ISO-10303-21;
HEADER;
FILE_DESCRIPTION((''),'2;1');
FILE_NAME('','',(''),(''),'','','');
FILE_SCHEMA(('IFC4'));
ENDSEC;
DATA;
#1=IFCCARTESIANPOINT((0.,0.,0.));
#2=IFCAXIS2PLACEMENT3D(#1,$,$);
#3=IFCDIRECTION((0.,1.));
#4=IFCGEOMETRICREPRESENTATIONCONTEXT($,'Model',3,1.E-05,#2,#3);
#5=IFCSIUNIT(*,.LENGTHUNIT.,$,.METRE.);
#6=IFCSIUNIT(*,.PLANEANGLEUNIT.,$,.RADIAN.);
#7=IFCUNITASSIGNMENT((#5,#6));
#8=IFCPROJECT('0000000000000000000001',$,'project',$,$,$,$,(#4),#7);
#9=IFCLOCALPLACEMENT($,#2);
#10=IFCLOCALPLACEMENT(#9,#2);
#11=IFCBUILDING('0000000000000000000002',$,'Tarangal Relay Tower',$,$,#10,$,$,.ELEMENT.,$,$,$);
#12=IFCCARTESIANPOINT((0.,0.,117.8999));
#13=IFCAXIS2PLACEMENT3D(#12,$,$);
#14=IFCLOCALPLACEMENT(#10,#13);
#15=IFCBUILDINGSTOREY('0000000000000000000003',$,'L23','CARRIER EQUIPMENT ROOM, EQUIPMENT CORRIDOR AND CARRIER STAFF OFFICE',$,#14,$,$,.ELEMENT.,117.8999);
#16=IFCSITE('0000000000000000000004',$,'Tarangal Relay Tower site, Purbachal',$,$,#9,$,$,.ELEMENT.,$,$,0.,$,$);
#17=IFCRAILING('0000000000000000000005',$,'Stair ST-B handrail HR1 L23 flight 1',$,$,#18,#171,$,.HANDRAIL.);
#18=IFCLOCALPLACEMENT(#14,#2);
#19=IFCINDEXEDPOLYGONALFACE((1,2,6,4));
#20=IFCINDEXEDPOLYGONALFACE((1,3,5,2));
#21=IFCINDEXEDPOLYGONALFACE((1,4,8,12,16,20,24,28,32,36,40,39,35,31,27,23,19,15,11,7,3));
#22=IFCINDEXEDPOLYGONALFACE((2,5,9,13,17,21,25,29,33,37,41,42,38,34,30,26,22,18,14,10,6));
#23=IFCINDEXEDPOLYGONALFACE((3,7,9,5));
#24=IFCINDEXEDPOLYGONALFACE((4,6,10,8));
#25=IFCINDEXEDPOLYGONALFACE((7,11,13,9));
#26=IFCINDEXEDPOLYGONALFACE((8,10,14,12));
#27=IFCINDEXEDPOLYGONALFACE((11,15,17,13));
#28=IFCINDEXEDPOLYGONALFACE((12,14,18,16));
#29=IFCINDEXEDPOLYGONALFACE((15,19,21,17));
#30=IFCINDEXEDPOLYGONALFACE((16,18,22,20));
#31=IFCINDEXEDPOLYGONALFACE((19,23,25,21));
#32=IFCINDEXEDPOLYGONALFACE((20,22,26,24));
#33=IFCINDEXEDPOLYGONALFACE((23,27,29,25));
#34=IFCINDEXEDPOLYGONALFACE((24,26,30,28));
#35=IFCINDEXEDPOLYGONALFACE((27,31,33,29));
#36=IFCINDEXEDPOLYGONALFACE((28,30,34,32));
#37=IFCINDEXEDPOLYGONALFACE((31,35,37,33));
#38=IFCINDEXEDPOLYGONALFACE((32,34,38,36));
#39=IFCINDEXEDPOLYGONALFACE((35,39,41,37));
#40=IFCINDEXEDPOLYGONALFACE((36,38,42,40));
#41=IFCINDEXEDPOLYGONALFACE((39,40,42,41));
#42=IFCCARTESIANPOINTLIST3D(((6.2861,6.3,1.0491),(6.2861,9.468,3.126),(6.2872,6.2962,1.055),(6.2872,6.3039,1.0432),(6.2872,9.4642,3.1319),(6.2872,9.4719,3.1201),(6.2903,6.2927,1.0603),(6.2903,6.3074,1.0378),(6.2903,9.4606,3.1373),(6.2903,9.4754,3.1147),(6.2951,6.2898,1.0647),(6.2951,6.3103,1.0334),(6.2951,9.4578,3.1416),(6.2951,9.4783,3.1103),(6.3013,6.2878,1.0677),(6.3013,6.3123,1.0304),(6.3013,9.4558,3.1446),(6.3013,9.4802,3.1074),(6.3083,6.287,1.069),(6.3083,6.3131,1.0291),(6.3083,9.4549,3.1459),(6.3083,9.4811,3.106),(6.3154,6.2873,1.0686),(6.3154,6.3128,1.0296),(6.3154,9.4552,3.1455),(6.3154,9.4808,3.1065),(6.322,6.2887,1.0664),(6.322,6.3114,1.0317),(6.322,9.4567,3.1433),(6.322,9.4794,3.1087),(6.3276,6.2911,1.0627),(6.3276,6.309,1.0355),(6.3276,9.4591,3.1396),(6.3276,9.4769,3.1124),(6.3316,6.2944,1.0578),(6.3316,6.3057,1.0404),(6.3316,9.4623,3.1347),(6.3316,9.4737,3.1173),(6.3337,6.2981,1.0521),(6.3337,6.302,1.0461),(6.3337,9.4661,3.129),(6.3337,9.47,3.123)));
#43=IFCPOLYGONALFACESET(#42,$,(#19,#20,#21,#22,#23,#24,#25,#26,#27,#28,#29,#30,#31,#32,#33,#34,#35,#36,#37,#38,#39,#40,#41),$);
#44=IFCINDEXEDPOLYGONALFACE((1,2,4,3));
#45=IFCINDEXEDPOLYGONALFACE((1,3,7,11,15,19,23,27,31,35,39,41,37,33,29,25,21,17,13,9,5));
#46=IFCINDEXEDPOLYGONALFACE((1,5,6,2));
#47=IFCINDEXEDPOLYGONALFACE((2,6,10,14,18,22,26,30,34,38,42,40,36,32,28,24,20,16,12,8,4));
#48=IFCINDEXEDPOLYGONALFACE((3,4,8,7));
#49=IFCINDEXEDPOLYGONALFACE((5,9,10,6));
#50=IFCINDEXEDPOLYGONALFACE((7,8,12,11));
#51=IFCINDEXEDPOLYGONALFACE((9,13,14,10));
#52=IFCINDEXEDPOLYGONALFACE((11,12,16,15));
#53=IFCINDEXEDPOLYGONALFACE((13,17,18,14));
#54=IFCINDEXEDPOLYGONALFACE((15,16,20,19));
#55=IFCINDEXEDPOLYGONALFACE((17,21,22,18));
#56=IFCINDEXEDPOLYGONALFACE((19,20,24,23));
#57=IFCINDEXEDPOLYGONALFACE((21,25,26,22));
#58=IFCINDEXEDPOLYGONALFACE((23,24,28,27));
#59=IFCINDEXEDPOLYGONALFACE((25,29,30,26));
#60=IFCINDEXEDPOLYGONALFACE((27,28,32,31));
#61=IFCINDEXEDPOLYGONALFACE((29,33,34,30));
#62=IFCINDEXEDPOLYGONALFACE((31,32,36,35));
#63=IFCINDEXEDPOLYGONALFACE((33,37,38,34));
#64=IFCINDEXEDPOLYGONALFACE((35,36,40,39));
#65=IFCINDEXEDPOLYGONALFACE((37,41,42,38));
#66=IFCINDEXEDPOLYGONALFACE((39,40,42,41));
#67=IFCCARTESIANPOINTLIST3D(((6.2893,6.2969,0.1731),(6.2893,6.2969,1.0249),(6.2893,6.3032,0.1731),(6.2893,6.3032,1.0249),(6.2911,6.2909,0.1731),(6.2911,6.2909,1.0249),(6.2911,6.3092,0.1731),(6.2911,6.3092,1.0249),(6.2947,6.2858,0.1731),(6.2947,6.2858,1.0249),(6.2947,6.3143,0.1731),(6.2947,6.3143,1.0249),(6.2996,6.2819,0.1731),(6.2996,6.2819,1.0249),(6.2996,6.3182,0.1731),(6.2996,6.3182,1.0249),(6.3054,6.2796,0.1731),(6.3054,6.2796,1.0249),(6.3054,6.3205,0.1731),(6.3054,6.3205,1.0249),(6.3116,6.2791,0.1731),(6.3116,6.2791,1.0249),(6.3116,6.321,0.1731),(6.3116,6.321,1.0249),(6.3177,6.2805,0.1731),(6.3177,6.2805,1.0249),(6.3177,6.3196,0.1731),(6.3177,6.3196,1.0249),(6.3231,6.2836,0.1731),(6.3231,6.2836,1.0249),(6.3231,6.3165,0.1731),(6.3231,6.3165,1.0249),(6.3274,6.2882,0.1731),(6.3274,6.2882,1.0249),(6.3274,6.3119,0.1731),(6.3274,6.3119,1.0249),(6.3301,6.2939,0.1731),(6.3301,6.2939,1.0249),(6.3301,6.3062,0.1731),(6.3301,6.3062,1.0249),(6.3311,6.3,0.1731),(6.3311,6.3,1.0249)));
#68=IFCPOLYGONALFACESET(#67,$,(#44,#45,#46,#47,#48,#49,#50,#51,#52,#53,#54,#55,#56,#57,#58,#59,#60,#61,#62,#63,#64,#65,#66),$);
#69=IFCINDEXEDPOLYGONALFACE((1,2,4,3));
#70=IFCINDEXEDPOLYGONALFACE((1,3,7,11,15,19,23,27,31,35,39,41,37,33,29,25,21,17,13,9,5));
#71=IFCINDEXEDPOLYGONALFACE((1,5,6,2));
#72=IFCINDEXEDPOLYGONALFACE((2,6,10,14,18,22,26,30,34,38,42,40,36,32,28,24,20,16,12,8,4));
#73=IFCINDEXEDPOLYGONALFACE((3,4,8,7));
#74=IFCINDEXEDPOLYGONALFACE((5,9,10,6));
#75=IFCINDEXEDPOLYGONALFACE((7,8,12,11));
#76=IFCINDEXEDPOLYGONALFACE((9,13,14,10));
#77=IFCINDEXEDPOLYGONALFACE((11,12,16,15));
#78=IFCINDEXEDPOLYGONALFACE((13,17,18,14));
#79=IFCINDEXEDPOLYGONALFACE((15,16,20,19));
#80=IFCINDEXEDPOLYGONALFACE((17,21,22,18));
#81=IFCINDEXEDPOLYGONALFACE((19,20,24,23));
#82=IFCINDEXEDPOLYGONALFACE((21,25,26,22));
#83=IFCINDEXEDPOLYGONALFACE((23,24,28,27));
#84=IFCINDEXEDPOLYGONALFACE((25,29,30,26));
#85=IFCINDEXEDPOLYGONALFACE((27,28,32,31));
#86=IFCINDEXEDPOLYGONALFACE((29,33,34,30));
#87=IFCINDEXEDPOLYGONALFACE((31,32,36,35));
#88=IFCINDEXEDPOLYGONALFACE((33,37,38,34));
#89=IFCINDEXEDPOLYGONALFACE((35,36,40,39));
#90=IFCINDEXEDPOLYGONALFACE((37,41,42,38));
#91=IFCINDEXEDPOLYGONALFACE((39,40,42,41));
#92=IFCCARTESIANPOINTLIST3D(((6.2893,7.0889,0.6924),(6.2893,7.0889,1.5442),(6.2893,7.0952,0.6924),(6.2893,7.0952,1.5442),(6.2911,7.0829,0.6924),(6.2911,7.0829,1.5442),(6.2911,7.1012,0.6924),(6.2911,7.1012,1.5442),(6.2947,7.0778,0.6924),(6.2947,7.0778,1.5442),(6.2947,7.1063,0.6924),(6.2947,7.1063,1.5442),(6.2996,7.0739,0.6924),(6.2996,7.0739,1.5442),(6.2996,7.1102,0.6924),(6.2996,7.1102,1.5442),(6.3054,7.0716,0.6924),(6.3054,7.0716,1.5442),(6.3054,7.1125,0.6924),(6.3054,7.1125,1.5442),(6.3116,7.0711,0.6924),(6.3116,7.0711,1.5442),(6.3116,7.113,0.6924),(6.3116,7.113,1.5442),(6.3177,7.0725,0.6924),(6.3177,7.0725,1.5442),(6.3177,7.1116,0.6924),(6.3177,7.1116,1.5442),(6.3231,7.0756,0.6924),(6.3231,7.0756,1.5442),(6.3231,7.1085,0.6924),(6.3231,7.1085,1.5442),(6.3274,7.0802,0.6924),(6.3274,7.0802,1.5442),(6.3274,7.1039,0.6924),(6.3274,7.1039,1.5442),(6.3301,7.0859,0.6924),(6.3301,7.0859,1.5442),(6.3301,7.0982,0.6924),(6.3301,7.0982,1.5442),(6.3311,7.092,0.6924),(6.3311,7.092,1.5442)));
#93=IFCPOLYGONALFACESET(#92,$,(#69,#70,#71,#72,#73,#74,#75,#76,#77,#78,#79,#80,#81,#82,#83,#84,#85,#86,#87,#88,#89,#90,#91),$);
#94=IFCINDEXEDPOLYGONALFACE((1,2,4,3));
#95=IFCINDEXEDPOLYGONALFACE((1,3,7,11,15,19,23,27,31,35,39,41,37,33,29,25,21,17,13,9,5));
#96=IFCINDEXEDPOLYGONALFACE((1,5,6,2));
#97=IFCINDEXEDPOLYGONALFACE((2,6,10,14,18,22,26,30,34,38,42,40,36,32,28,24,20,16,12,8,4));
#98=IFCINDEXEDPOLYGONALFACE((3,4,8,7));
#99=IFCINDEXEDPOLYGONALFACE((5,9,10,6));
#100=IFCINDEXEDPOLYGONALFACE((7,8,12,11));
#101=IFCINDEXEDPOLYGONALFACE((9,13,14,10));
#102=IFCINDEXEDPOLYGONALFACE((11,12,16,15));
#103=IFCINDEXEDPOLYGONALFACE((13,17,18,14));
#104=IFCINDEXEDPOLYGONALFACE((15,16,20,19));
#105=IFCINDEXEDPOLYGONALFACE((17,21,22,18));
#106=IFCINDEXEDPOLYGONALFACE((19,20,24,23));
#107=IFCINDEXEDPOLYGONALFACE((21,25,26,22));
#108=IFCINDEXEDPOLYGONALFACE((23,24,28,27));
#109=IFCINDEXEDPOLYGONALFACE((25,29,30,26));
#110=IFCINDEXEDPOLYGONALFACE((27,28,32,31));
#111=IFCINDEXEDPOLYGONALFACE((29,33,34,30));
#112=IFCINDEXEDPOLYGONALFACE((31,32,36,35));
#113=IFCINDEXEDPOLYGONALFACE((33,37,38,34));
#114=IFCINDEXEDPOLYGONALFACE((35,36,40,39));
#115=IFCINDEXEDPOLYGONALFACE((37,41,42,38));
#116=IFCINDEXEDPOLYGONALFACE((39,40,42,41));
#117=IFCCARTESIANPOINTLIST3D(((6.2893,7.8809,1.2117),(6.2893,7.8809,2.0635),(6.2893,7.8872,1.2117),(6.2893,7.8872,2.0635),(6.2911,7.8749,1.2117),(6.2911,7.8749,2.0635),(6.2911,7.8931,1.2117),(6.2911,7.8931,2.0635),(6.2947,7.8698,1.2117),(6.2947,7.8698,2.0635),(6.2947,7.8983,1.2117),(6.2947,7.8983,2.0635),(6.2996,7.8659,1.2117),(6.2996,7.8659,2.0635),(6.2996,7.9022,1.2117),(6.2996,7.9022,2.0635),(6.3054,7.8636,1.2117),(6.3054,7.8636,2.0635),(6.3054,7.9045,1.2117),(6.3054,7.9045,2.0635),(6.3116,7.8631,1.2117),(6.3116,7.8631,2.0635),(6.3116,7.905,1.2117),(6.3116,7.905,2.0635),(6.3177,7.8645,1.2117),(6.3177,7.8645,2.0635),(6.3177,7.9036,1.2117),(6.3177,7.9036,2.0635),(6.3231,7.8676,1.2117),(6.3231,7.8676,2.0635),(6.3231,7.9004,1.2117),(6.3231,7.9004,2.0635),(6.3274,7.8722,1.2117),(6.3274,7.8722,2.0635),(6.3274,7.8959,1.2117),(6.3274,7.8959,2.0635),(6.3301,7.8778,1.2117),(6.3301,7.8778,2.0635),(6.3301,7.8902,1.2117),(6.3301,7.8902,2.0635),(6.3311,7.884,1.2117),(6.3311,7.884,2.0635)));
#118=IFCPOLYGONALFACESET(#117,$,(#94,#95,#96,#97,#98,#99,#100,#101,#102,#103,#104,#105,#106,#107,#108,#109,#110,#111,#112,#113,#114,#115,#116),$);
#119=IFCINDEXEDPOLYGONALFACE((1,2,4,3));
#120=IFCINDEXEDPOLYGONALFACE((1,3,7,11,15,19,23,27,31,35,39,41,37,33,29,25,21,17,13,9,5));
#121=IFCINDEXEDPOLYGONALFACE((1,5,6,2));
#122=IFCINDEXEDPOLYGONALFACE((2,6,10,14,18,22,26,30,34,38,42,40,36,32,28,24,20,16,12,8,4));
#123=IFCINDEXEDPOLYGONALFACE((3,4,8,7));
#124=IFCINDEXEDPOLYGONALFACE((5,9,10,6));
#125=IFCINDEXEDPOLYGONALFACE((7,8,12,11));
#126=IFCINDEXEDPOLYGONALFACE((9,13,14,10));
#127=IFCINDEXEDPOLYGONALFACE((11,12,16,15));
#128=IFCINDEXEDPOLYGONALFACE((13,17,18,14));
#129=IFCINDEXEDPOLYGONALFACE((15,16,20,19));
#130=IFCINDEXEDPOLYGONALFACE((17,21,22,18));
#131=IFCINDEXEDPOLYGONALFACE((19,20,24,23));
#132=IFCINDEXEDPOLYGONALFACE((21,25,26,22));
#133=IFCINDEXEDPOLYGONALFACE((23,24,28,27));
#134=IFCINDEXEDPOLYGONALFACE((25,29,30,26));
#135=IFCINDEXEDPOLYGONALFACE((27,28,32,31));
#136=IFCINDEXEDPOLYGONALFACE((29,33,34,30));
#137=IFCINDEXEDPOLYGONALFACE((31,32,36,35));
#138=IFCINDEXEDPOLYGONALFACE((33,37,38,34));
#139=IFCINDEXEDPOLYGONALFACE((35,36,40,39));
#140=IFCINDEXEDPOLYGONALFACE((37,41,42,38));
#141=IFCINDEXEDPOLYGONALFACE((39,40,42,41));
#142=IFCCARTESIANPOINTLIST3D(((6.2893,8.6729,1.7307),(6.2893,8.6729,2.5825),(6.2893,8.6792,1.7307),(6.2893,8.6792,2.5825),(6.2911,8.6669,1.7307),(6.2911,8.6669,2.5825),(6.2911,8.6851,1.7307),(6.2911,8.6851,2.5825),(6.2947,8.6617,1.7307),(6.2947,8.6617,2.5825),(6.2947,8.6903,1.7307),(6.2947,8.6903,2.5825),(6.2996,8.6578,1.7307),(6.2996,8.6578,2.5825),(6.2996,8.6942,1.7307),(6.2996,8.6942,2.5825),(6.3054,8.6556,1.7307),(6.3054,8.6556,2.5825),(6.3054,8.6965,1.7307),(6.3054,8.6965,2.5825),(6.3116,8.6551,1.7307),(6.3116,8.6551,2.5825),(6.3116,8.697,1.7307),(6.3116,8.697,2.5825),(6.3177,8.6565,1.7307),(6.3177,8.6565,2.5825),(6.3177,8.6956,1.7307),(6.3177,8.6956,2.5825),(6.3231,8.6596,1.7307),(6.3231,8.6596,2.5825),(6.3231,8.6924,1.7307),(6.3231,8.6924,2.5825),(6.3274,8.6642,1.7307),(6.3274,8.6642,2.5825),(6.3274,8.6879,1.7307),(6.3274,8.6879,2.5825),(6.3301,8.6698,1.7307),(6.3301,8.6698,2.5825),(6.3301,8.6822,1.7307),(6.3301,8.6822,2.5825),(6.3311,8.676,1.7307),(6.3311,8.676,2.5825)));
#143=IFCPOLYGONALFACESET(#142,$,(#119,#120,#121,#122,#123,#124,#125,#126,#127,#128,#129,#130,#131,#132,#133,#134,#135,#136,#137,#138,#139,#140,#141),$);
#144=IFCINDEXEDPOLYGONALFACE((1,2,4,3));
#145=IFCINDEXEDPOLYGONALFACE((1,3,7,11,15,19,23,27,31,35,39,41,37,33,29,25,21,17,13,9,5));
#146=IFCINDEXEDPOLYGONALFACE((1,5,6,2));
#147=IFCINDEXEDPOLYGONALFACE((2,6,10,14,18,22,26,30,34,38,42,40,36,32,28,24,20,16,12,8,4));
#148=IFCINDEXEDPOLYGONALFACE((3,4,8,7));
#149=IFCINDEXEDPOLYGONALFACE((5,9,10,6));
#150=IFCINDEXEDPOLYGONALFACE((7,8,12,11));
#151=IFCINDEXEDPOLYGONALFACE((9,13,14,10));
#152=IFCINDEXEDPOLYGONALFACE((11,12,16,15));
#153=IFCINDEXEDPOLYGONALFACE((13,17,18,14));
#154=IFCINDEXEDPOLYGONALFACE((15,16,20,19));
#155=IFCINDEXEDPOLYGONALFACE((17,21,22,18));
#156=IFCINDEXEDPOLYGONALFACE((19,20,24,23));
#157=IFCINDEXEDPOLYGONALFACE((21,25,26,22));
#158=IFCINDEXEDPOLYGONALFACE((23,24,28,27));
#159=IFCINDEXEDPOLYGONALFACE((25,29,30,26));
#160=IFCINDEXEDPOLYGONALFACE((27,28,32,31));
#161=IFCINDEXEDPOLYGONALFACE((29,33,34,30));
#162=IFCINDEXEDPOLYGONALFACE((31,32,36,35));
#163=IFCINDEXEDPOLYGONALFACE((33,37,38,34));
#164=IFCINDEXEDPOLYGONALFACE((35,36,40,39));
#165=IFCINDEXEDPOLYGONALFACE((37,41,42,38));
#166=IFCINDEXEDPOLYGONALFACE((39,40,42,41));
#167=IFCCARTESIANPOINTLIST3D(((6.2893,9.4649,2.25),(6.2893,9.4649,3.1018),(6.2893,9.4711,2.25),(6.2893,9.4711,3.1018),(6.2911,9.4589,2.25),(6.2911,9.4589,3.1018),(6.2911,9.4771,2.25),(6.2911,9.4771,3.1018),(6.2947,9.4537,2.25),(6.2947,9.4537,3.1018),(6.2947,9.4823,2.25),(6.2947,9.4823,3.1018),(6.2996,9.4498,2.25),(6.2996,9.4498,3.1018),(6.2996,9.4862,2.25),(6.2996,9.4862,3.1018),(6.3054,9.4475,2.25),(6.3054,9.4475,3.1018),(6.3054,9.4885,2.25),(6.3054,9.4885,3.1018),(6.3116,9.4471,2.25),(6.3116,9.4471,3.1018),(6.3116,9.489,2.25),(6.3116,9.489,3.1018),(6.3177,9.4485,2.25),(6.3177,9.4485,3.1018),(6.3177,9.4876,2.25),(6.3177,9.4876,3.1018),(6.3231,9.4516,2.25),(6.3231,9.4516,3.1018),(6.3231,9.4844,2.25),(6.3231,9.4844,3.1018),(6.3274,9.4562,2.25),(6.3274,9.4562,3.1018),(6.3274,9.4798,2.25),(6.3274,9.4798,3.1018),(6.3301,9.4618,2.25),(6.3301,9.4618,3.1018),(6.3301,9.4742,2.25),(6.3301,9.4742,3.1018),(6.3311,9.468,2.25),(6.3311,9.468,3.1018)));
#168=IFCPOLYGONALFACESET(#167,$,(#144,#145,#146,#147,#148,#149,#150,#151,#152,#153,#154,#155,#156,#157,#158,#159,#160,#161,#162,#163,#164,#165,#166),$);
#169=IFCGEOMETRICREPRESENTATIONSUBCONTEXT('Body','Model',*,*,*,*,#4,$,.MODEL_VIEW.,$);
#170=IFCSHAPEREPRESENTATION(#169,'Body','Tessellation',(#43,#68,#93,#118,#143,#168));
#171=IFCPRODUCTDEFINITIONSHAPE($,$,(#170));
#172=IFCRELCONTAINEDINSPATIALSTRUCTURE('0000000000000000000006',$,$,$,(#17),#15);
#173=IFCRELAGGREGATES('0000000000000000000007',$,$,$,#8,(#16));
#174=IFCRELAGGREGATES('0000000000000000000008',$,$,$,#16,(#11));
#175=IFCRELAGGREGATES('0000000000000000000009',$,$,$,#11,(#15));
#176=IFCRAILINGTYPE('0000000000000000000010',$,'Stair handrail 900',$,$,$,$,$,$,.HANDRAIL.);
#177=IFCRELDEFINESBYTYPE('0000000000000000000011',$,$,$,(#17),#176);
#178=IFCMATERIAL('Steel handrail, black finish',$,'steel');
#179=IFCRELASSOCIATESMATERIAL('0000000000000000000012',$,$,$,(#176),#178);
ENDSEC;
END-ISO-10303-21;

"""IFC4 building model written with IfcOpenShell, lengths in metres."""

from ifc_helpers import new_model, si_unit, direction, frame, origin, origin_2d, place, context, subcontext, project, spatial, circle, extrude, material, type_object, element, save


model = new_model("IFC4")

# Units and contexts
model_context = context("Model", 3, precision=1e-05, world=origin(), true_north=direction((0.0, 1.0)))
body_context = subcontext(model_context, "Body", "Model", "MODEL_VIEW")
ifc_project = project(units=[si_unit("LENGTHUNIT", "METRE"), si_unit("PLANEANGLEUNIT", "RADIAN")], contexts=[model_context])

# Site, building, storey
site_placement = place(None, origin())
site = spatial("IfcSite", under=ifc_project, at=site_placement, Name="Tarangal Relay Tower site, Purbachal", CompositionType="ELEMENT", RefElevation=0.0)
building_placement = place(site_placement, origin())
building = spatial("IfcBuilding", under=site, at=building_placement, Name="Tarangal Relay Tower", CompositionType="ELEMENT")
storey_placement = place(building_placement, frame((0.0, 0.0, 117.8999)))
storey = spatial("IfcBuildingStorey", under=building, at=storey_placement, Name="L23", Description="CARRIER EQUIPMENT ROOM, EQUIPMENT CORRIDOR AND CARRIER STAFF OFFICE", CompositionType="ELEMENT", Elevation=117.8999)

# Railing
ifc_material_1 = material(Name="Steel handrail, black finish", Category="steel")
railing_type_1 = type_object("IfcRailingType", Name="Stair handrail 900", PredefinedType="HANDRAIL", material=ifc_material_1)
railing_1_placement = place(storey_placement, frame((6.3101, 6.3, 0.1731)))
element("IfcRailing", 1, at=railing_1_placement, inside=storey, type_object=railing_type_1, Name="Stair ST-B handrail HR1 L23 flight 1", PredefinedType="HANDRAIL", context=body_context, shape_type="SweptSolid", body=[
    extrude(circle(Radius=0.0239, at=origin_2d()), frame((0.0, 0.0, 0.876), z_axis=(0.0, 0.836299, 0.548273), x_axis=(-1.0, 0.0, 0.0)), (0.0, 0.0, 1.0), 3.7881),
    extrude(circle(Radius=0.021, at=origin_2d()), origin(), (0.0, 0.0, 1.0), 0.8518),
    extrude(circle(Radius=0.021, at=origin_2d()), frame((0.0, 0.792, 0.5193)), (0.0, 0.0, 1.0), 0.8518),
    extrude(circle(Radius=0.021, at=origin_2d()), frame((0.0, 1.584, 1.0386)), (0.0, 0.0, 1.0), 0.8518),
    extrude(circle(Radius=0.021, at=origin_2d()), frame((0.0, 2.376, 1.5576)), (0.0, 0.0, 1.0), 0.8518),
    extrude(circle(Radius=0.021, at=origin_2d()), frame((0.0, 3.168, 2.0769)), (0.0, 0.0, 1.0), 0.8518),
])

save(model, "model.ifc")
